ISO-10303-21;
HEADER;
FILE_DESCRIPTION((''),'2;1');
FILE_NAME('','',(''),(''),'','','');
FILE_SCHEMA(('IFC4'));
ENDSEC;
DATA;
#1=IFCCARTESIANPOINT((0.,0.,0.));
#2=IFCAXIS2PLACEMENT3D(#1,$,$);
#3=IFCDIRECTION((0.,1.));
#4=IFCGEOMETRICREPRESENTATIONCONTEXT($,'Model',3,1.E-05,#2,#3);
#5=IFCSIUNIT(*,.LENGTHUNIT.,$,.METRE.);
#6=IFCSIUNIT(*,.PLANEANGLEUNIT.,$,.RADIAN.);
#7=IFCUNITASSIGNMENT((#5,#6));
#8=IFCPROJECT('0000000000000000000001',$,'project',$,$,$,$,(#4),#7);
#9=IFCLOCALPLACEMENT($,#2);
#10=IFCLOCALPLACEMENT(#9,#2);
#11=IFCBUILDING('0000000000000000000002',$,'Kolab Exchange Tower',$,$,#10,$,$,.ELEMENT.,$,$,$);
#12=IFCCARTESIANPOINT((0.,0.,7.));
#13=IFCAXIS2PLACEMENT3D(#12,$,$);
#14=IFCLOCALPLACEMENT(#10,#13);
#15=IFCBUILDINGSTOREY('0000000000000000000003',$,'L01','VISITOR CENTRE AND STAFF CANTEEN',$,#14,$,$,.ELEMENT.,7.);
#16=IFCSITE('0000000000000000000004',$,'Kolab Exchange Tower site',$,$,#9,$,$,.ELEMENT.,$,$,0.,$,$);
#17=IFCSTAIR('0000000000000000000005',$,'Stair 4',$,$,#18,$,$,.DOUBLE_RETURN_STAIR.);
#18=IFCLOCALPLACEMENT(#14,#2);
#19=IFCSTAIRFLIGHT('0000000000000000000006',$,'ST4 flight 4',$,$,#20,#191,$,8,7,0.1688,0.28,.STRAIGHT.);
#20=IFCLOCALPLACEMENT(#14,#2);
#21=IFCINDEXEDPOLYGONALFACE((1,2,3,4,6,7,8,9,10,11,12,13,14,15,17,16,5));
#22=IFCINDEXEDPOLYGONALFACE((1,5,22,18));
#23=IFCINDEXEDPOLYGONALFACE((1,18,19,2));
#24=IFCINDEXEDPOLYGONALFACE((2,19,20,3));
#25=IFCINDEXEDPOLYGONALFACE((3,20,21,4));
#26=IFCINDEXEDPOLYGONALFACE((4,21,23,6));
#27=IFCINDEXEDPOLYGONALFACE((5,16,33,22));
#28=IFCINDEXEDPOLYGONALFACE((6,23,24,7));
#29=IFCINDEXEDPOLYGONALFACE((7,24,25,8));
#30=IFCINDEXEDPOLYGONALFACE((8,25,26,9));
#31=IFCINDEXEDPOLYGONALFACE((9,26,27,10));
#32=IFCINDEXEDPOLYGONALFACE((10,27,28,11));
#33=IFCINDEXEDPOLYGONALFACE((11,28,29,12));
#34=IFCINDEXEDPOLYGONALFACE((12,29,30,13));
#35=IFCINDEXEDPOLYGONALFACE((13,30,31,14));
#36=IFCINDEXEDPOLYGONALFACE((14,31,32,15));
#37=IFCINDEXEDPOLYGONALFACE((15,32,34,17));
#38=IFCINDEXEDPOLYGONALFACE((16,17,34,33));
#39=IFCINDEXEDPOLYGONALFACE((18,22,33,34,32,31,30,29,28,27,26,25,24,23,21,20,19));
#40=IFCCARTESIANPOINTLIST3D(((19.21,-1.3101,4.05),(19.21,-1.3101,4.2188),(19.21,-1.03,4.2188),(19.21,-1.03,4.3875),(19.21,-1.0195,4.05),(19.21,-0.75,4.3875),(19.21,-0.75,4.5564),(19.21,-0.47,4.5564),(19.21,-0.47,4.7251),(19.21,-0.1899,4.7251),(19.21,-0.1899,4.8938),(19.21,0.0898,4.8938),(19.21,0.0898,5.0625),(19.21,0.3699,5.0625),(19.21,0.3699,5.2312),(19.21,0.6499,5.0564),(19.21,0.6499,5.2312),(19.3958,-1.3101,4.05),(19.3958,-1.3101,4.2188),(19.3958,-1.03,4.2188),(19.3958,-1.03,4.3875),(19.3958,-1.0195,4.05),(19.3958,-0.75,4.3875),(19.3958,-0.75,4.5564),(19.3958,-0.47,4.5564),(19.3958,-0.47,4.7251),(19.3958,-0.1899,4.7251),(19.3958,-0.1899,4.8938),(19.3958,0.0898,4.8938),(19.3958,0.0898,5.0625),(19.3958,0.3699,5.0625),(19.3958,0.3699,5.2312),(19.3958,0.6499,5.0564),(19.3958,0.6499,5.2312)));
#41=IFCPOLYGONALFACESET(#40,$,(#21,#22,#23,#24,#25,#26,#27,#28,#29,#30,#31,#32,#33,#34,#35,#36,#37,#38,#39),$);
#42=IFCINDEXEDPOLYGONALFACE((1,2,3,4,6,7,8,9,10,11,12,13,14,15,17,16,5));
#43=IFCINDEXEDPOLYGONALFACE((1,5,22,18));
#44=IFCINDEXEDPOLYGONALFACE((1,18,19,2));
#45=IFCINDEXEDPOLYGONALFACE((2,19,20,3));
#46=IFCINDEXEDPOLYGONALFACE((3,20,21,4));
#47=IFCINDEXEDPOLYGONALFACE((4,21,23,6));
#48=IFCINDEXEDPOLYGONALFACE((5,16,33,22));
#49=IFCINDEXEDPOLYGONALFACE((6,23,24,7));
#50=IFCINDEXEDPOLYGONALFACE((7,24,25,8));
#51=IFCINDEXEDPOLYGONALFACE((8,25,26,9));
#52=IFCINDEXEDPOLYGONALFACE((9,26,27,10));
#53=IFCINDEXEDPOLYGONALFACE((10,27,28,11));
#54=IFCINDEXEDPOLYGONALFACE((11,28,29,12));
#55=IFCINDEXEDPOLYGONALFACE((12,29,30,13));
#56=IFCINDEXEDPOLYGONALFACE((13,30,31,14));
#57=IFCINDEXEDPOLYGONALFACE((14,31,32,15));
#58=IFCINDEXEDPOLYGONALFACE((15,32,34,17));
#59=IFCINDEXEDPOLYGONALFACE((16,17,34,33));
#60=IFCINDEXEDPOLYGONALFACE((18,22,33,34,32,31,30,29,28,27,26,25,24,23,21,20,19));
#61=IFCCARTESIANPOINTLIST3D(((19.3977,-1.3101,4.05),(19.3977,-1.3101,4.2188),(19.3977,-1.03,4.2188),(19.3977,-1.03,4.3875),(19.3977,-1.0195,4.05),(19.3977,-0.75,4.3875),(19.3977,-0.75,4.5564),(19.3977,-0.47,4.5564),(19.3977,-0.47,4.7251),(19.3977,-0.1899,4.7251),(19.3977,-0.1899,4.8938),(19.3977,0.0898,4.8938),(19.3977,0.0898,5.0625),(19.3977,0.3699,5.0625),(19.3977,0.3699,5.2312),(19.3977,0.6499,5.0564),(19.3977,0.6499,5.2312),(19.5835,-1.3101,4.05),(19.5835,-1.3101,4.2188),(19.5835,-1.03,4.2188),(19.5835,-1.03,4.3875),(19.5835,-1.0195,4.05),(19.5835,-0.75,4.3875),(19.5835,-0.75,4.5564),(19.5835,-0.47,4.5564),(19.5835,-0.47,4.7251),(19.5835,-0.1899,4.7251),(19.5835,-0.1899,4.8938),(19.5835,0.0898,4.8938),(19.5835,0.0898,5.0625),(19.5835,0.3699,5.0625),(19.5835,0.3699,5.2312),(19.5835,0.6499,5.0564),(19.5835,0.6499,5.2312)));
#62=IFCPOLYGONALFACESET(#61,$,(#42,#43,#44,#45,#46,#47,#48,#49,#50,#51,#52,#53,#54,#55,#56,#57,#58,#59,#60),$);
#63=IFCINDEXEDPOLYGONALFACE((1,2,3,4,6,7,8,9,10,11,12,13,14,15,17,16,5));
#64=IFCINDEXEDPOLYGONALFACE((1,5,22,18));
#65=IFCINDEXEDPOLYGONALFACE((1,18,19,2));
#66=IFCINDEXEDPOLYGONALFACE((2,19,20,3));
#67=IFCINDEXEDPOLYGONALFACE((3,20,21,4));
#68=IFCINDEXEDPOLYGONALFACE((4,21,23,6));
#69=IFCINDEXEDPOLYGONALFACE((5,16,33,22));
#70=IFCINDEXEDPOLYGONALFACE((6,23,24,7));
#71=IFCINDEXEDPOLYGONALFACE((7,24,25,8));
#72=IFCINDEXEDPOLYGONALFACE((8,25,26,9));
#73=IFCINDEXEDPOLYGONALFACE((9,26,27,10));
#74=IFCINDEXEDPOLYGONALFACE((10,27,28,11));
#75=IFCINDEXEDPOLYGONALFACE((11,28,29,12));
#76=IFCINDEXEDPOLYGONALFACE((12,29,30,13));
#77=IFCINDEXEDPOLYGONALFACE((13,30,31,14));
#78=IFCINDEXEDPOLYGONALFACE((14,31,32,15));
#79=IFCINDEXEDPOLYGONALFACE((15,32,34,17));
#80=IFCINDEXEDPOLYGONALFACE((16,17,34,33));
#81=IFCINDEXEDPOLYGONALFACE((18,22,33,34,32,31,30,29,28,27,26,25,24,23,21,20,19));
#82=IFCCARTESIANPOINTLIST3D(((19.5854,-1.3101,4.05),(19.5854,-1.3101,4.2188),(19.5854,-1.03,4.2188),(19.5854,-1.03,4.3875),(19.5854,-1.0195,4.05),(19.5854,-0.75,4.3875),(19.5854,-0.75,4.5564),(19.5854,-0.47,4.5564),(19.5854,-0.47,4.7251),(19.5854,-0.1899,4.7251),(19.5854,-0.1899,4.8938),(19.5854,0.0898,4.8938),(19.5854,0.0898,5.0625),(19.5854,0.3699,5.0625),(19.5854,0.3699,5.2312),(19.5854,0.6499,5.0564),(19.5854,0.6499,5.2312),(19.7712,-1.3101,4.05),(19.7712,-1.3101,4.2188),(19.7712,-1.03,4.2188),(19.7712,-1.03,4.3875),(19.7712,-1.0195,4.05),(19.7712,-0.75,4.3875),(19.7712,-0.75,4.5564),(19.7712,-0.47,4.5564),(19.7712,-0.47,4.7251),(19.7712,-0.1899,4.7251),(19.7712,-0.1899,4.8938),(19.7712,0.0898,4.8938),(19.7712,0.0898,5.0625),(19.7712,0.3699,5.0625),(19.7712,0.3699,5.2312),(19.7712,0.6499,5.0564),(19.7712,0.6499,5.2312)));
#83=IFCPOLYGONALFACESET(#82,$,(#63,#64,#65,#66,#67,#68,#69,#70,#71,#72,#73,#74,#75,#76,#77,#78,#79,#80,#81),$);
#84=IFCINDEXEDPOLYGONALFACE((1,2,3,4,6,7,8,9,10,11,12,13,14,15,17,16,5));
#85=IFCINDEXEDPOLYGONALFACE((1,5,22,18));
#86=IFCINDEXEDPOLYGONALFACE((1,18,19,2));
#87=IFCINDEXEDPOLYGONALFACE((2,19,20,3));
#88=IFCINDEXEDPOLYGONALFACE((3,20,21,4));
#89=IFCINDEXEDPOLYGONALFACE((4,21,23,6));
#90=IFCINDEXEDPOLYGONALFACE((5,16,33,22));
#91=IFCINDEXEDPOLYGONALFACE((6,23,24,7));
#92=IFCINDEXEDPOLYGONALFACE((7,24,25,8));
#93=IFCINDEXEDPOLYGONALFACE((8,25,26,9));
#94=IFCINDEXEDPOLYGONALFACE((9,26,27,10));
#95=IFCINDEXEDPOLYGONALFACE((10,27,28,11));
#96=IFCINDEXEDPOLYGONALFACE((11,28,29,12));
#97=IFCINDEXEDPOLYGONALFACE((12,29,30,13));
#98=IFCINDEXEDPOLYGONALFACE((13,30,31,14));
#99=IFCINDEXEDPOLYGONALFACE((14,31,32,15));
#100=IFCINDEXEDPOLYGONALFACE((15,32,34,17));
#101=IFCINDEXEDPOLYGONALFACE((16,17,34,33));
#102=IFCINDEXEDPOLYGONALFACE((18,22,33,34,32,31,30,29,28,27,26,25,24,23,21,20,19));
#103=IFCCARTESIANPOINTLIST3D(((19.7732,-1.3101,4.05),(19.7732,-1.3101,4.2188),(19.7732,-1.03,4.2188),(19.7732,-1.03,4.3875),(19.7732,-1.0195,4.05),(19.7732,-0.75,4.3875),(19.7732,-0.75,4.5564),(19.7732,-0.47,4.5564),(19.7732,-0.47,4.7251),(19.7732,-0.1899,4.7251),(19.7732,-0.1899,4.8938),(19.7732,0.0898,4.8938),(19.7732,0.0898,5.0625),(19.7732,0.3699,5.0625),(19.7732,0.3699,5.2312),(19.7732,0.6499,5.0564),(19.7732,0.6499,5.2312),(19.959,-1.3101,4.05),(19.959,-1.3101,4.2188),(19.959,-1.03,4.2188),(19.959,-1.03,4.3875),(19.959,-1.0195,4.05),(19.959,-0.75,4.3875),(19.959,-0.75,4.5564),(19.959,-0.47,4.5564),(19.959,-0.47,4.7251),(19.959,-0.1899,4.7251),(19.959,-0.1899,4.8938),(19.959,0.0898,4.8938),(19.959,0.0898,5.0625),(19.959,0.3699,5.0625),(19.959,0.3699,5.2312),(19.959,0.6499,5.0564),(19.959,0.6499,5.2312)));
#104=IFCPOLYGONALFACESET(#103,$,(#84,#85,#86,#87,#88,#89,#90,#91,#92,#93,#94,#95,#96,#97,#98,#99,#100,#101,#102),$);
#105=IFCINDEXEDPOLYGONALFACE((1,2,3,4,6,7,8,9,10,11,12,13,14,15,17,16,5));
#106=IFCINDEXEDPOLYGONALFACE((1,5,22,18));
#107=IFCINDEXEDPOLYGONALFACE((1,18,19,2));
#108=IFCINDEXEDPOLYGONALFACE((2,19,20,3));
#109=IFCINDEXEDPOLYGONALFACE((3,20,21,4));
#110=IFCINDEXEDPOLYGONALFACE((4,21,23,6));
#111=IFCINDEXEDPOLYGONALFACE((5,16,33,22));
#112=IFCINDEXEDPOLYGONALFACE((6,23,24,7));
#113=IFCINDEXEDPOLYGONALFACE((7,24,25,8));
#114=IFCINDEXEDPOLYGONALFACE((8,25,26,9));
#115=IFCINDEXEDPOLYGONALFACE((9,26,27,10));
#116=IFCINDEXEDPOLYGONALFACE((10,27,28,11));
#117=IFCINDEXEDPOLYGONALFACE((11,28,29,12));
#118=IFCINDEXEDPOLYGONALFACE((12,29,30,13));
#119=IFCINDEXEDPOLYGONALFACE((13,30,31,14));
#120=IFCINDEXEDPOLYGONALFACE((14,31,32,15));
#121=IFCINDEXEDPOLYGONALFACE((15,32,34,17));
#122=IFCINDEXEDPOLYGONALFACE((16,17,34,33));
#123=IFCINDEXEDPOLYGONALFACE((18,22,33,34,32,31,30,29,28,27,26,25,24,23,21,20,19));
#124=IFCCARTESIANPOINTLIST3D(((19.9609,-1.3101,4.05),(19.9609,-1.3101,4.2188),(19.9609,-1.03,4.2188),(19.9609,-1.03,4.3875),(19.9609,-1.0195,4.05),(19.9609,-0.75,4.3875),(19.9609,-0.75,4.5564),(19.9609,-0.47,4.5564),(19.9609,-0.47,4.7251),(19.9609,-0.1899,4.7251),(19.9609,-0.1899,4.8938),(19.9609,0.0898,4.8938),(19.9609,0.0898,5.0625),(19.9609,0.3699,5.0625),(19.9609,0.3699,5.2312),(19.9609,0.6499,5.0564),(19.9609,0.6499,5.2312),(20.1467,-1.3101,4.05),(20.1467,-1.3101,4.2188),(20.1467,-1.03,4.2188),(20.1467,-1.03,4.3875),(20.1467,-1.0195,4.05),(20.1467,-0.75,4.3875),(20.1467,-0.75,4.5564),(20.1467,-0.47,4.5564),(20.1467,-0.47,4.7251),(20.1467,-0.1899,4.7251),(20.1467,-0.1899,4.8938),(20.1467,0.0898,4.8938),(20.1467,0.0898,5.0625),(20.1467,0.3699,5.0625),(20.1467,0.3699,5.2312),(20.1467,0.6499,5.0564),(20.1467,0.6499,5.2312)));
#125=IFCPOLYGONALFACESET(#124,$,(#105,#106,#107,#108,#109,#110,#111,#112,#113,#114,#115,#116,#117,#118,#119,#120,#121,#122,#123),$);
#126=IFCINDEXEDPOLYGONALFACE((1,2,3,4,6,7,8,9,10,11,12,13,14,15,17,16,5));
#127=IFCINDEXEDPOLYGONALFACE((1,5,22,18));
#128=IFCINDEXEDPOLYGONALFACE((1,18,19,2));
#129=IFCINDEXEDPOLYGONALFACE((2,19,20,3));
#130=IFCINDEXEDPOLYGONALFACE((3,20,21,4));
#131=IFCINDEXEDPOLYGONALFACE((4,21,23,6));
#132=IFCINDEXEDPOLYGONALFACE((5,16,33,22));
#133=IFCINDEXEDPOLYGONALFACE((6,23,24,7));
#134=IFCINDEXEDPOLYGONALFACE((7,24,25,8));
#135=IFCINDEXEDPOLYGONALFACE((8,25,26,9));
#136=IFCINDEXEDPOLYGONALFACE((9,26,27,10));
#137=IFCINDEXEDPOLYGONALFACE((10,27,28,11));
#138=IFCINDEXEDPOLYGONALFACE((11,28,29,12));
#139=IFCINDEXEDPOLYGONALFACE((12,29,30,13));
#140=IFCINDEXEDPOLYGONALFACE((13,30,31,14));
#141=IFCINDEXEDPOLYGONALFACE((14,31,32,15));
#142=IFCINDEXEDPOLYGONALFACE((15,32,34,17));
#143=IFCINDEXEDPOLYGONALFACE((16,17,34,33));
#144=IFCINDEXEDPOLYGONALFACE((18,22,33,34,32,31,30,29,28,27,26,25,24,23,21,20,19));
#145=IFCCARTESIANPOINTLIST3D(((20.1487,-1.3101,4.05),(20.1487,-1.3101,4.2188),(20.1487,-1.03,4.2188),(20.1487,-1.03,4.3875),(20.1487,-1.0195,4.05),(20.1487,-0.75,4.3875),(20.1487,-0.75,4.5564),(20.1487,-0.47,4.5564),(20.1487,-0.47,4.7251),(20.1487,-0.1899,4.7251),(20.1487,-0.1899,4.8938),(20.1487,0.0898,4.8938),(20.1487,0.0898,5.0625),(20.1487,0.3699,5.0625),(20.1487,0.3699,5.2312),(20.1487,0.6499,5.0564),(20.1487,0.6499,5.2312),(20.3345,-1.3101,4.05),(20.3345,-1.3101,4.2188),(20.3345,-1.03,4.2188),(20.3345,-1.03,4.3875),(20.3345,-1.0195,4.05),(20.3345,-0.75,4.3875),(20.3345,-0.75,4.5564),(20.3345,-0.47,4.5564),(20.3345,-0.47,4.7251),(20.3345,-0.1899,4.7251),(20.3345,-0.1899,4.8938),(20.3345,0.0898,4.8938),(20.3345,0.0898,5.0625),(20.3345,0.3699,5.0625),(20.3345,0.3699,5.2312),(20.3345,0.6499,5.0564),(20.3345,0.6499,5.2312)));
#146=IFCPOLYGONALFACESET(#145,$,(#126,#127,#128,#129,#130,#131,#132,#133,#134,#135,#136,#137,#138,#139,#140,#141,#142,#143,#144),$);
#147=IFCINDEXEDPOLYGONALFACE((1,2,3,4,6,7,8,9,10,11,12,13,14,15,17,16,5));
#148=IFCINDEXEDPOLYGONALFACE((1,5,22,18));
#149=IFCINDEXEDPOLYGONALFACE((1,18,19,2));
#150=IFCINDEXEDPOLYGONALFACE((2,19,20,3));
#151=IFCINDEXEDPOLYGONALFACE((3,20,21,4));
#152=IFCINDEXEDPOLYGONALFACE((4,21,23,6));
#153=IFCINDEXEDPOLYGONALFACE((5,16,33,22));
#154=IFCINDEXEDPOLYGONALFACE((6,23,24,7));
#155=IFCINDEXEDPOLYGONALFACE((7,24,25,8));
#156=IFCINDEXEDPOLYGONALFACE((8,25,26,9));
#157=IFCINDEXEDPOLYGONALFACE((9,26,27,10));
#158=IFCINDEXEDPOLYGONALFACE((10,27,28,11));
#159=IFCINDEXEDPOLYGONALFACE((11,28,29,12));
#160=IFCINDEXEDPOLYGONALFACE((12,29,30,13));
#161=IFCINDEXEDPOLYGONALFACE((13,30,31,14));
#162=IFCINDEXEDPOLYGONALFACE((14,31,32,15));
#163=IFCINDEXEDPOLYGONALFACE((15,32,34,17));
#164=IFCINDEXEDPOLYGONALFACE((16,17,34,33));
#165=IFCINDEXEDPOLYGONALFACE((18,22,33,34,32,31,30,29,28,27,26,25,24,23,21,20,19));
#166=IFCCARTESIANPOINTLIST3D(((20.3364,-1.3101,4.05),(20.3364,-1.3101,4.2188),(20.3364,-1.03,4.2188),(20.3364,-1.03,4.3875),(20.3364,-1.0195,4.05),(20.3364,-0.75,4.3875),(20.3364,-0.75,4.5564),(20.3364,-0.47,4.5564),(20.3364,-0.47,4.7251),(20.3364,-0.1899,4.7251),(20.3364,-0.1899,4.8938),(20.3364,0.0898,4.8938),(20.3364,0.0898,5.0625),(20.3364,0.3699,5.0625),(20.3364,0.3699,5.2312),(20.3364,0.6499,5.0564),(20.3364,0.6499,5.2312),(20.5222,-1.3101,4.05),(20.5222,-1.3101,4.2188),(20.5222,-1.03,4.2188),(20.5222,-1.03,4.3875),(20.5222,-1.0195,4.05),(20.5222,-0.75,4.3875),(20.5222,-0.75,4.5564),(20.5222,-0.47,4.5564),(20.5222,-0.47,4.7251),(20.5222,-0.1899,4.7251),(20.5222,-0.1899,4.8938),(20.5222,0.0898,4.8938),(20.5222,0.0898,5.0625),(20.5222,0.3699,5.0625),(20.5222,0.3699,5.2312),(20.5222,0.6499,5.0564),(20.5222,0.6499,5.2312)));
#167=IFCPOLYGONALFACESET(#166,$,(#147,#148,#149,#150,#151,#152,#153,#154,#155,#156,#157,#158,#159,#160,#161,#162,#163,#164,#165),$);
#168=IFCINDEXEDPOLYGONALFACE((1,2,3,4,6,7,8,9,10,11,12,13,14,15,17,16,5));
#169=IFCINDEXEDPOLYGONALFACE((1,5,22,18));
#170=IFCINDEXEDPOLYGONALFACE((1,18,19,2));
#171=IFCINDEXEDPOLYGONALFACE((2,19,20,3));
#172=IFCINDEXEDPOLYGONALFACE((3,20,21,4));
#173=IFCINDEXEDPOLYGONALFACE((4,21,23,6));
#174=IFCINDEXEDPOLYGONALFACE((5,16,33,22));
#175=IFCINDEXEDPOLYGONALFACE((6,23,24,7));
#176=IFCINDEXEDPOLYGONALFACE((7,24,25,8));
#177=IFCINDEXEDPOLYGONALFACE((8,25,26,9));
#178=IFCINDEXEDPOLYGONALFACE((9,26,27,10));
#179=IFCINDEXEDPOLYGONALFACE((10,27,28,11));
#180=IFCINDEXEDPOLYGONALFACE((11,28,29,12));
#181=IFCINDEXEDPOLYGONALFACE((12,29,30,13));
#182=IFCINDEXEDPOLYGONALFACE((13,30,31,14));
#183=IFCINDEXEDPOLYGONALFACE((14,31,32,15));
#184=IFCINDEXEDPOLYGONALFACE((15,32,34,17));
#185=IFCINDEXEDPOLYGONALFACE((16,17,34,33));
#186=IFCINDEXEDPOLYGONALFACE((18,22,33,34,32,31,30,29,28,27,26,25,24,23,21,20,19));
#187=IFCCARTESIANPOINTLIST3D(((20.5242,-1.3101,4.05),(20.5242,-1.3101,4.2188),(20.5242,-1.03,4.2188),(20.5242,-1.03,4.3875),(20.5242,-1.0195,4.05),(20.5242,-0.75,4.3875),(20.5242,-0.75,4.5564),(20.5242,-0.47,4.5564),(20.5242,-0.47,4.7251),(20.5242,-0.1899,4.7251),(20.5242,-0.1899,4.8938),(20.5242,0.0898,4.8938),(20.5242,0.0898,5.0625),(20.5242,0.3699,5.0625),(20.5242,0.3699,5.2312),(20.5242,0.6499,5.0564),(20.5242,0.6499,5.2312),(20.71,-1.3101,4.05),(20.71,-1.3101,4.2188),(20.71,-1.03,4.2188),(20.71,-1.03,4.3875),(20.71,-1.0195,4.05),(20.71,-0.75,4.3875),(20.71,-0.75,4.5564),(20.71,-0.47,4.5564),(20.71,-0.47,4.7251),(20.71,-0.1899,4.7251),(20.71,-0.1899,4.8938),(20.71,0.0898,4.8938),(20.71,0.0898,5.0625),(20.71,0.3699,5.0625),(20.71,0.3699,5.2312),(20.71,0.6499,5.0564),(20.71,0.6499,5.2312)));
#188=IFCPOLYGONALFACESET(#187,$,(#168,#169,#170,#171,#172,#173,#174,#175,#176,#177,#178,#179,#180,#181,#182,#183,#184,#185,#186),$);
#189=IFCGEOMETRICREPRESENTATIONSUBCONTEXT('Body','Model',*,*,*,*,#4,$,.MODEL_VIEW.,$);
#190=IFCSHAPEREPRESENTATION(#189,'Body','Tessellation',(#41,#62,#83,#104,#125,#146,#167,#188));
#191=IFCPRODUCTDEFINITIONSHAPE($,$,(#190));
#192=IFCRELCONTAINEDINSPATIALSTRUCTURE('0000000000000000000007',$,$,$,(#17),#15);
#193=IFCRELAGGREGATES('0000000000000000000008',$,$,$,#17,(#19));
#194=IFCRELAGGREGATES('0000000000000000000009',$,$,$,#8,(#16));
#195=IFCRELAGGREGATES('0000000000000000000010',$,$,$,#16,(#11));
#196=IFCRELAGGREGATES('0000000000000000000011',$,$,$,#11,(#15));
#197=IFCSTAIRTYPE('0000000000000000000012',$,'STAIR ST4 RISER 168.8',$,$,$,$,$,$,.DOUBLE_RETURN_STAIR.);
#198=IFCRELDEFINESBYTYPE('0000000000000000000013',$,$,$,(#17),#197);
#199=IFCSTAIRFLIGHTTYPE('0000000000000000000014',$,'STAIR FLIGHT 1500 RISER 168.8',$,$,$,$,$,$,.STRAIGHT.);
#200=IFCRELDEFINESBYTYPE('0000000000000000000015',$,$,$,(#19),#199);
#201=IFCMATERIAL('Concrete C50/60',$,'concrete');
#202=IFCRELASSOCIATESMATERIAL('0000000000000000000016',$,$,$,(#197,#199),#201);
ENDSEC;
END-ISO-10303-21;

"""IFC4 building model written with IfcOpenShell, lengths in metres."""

from ifc_helpers import new_model, si_unit, direction, frame, origin, place, context, subcontext, project, spatial, polyline, outline, extrude, material, type_object, element, aggregate, save


model = new_model("IFC4")

# Units and contexts
model_context = context("Model", 3, precision=1e-05, world=origin(), true_north=direction((0.0, 1.0)))
body_context = subcontext(model_context, "Body", "Model", "MODEL_VIEW")
ifc_project = project(units=[si_unit("LENGTHUNIT", "METRE"), si_unit("PLANEANGLEUNIT", "RADIAN")], contexts=[model_context])

# Site, building, storey
site_placement = place(None, origin())
site = spatial("IfcSite", under=ifc_project, at=site_placement, Name="Kolab Exchange Tower site", CompositionType="ELEMENT", RefElevation=0.0)
building_placement = place(site_placement, origin())
building = spatial("IfcBuilding", under=site, at=building_placement, Name="Kolab Exchange Tower", CompositionType="ELEMENT")
storey_placement = place(building_placement, frame((0.0, 0.0, 7.0)))
storey = spatial("IfcBuildingStorey", under=building, at=storey_placement, Name="L01", Description="VISITOR CENTRE AND STAFF CANTEEN", CompositionType="ELEMENT", Elevation=7.0)

# Shared definitions
ifc_material_1 = material(Name="Concrete C50/60", Category="concrete")

# Stair, stair flight
stair_type = type_object("IfcStairType", Name="STAIR ST4 RISER 168.8", PredefinedType="DOUBLE_RETURN_STAIR", material=ifc_material_1)
stair_placement = place(storey_placement, origin())
stair = element("IfcStair", 1, at=stair_placement, inside=storey, type_object=stair_type, Name="Stair 4", PredefinedType="DOUBLE_RETURN_STAIR")
stair_flight_type = type_object("IfcStairFlightType", Name="STAIR FLIGHT 1500 RISER 168.8", PredefinedType="STRAIGHT", material=ifc_material_1)
stair_flight_1_placement = place(storey_placement, frame((19.96, -1.3101, 4.05), z_axis=(0.0, 0.0, 1.0), x_axis=(0.0, 1.0, 0.0)))
stair_flight_1 = element("IfcStairFlight", 2, at=stair_flight_1_placement, type_object=stair_flight_type, Name="ST4 flight 4", NumberOfRisers=8, NumberOfTreads=7, PredefinedType="STRAIGHT", RiserHeight=0.1688, TreadLength=0.28, context=body_context, shape_type="SweptSolid", body=[
    extrude(outline(polyline([(0.0, 0.0), (0.0, 0.1687), (0.28, 0.1687), (0.28, 0.3374), (0.5601, 0.3374), (0.5601, 0.5063), (0.8401, 0.5063), (0.8401, 0.675), (1.1201, 0.675), (1.1201, 0.8438), (1.3999, 0.8438), (1.3999, 1.0125), (1.6799, 1.0125), (1.6799, 1.1812), (1.96, 1.1812), (1.96, 1.3501), (1.96, 1.0063), (0.2905, 0.0), (0.0, 0.0)])), frame((0.0, 0.75, 0.0), z_axis=(0.0, -1.0, 0.0), x_axis=(1.0, 0.0, 0.0)), (0.0, 0.0, 1.0), 0.1858),
    extrude(outline(polyline([(0.0, 0.0), (0.0, 0.1687), (0.28, 0.1687), (0.28, 0.3374), (0.5601, 0.3374), (0.5601, 0.5063), (0.8401, 0.5063), (0.8401, 0.675), (1.1201, 0.675), (1.1201, 0.8438), (1.3999, 0.8438), (1.3999, 1.0125), (1.6799, 1.0125), (1.6799, 1.1812), (1.96, 1.1812), (1.96, 1.3501), (1.96, 1.0063), (0.2905, 0.0), (0.0, 0.0)])), frame((0.0, 0.5623, 0.0), z_axis=(0.0, -1.0, 0.0), x_axis=(1.0, 0.0, 0.0)), (0.0, 0.0, 1.0), 0.1858),
    extrude(outline(polyline([(0.0, 0.0), (0.0, 0.1687), (0.28, 0.1687), (0.28, 0.3374), (0.5601, 0.3374), (0.5601, 0.5063), (0.8401, 0.5063), (0.8401, 0.675), (1.1201, 0.675), (1.1201, 0.8438), (1.3999, 0.8438), (1.3999, 1.0125), (1.6799, 1.0125), (1.6799, 1.1812), (1.96, 1.1812), (1.96, 1.3501), (1.96, 1.0063), (0.2905, 0.0), (0.0, 0.0)])), frame((0.0, 0.3745, 0.0), z_axis=(0.0, -1.0, 0.0), x_axis=(1.0, 0.0, 0.0)), (0.0, 0.0, 1.0), 0.1858),
    extrude(outline(polyline([(0.0, 0.0), (0.0, 0.1687), (0.28, 0.1687), (0.28, 0.3374), (0.5601, 0.3374), (0.5601, 0.5063), (0.8401, 0.5063), (0.8401, 0.675), (1.1201, 0.675), (1.1201, 0.8438), (1.3999, 0.8438), (1.3999, 1.0125), (1.6799, 1.0125), (1.6799, 1.1812), (1.96, 1.1812), (1.96, 1.3501), (1.96, 1.0063), (0.2905, 0.0), (0.0, 0.0)])), frame((0.0, 0.1868, 0.0), z_axis=(0.0, -1.0, 0.0), x_axis=(1.0, 0.0, 0.0)), (0.0, 0.0, 1.0), 0.1858),
    extrude(outline(polyline([(0.0, 0.0), (0.0, 0.1687), (0.28, 0.1687), (0.28, 0.3374), (0.5601, 0.3374), (0.5601, 0.5063), (0.8401, 0.5063), (0.8401, 0.675), (1.1201, 0.675), (1.1201, 0.8438), (1.3999, 0.8438), (1.3999, 1.0125), (1.6799, 1.0125), (1.6799, 1.1812), (1.96, 1.1812), (1.96, 1.3501), (1.96, 1.0063), (0.2905, 0.0), (0.0, 0.0)])), frame((0.0, -0.001, 0.0), z_axis=(0.0, -1.0, 0.0), x_axis=(1.0, 0.0, 0.0)), (0.0, 0.0, 1.0), 0.1858),
    extrude(outline(polyline([(0.0, 0.0), (0.0, 0.1687), (0.28, 0.1687), (0.28, 0.3374), (0.5601, 0.3374), (0.5601, 0.5063), (0.8401, 0.5063), (0.8401, 0.675), (1.1201, 0.675), (1.1201, 0.8438), (1.3999, 0.8438), (1.3999, 1.0125), (1.6799, 1.0125), (1.6799, 1.1812), (1.96, 1.1812), (1.96, 1.3501), (1.96, 1.0063), (0.2905, 0.0), (0.0, 0.0)])), frame((0.0, -0.1887, 0.0), z_axis=(0.0, -1.0, 0.0), x_axis=(1.0, 0.0, 0.0)), (0.0, 0.0, 1.0), 0.1858),
    extrude(outline(polyline([(0.0, 0.0), (0.0, 0.1687), (0.28, 0.1687), (0.28, 0.3374), (0.5601, 0.3374), (0.5601, 0.5063), (0.8401, 0.5063), (0.8401, 0.675), (1.1201, 0.675), (1.1201, 0.8438), (1.3999, 0.8438), (1.3999, 1.0125), (1.6799, 1.0125), (1.6799, 1.1812), (1.96, 1.1812), (1.96, 1.3501), (1.96, 1.0063), (0.2905, 0.0), (0.0, 0.0)])), frame((0.0, -0.3765, 0.0), z_axis=(0.0, -1.0, 0.0), x_axis=(1.0, 0.0, 0.0)), (0.0, 0.0, 1.0), 0.1858),
    extrude(outline(polyline([(0.0, 0.0), (0.0, 0.1687), (0.28, 0.1687), (0.28, 0.3374), (0.5601, 0.3374), (0.5601, 0.5063), (0.8401, 0.5063), (0.8401, 0.675), (1.1201, 0.675), (1.1201, 0.8438), (1.3999, 0.8438), (1.3999, 1.0125), (1.6799, 1.0125), (1.6799, 1.1812), (1.96, 1.1812), (1.96, 1.3501), (1.96, 1.0063), (0.2905, 0.0), (0.0, 0.0)])), frame((0.0, -0.5642, 0.0), z_axis=(0.0, -1.0, 0.0), x_axis=(1.0, 0.0, 0.0)), (0.0, 0.0, 1.0), 0.1858),
])
aggregate(stair, [stair_flight_1])

save(model, "model.ifc")
